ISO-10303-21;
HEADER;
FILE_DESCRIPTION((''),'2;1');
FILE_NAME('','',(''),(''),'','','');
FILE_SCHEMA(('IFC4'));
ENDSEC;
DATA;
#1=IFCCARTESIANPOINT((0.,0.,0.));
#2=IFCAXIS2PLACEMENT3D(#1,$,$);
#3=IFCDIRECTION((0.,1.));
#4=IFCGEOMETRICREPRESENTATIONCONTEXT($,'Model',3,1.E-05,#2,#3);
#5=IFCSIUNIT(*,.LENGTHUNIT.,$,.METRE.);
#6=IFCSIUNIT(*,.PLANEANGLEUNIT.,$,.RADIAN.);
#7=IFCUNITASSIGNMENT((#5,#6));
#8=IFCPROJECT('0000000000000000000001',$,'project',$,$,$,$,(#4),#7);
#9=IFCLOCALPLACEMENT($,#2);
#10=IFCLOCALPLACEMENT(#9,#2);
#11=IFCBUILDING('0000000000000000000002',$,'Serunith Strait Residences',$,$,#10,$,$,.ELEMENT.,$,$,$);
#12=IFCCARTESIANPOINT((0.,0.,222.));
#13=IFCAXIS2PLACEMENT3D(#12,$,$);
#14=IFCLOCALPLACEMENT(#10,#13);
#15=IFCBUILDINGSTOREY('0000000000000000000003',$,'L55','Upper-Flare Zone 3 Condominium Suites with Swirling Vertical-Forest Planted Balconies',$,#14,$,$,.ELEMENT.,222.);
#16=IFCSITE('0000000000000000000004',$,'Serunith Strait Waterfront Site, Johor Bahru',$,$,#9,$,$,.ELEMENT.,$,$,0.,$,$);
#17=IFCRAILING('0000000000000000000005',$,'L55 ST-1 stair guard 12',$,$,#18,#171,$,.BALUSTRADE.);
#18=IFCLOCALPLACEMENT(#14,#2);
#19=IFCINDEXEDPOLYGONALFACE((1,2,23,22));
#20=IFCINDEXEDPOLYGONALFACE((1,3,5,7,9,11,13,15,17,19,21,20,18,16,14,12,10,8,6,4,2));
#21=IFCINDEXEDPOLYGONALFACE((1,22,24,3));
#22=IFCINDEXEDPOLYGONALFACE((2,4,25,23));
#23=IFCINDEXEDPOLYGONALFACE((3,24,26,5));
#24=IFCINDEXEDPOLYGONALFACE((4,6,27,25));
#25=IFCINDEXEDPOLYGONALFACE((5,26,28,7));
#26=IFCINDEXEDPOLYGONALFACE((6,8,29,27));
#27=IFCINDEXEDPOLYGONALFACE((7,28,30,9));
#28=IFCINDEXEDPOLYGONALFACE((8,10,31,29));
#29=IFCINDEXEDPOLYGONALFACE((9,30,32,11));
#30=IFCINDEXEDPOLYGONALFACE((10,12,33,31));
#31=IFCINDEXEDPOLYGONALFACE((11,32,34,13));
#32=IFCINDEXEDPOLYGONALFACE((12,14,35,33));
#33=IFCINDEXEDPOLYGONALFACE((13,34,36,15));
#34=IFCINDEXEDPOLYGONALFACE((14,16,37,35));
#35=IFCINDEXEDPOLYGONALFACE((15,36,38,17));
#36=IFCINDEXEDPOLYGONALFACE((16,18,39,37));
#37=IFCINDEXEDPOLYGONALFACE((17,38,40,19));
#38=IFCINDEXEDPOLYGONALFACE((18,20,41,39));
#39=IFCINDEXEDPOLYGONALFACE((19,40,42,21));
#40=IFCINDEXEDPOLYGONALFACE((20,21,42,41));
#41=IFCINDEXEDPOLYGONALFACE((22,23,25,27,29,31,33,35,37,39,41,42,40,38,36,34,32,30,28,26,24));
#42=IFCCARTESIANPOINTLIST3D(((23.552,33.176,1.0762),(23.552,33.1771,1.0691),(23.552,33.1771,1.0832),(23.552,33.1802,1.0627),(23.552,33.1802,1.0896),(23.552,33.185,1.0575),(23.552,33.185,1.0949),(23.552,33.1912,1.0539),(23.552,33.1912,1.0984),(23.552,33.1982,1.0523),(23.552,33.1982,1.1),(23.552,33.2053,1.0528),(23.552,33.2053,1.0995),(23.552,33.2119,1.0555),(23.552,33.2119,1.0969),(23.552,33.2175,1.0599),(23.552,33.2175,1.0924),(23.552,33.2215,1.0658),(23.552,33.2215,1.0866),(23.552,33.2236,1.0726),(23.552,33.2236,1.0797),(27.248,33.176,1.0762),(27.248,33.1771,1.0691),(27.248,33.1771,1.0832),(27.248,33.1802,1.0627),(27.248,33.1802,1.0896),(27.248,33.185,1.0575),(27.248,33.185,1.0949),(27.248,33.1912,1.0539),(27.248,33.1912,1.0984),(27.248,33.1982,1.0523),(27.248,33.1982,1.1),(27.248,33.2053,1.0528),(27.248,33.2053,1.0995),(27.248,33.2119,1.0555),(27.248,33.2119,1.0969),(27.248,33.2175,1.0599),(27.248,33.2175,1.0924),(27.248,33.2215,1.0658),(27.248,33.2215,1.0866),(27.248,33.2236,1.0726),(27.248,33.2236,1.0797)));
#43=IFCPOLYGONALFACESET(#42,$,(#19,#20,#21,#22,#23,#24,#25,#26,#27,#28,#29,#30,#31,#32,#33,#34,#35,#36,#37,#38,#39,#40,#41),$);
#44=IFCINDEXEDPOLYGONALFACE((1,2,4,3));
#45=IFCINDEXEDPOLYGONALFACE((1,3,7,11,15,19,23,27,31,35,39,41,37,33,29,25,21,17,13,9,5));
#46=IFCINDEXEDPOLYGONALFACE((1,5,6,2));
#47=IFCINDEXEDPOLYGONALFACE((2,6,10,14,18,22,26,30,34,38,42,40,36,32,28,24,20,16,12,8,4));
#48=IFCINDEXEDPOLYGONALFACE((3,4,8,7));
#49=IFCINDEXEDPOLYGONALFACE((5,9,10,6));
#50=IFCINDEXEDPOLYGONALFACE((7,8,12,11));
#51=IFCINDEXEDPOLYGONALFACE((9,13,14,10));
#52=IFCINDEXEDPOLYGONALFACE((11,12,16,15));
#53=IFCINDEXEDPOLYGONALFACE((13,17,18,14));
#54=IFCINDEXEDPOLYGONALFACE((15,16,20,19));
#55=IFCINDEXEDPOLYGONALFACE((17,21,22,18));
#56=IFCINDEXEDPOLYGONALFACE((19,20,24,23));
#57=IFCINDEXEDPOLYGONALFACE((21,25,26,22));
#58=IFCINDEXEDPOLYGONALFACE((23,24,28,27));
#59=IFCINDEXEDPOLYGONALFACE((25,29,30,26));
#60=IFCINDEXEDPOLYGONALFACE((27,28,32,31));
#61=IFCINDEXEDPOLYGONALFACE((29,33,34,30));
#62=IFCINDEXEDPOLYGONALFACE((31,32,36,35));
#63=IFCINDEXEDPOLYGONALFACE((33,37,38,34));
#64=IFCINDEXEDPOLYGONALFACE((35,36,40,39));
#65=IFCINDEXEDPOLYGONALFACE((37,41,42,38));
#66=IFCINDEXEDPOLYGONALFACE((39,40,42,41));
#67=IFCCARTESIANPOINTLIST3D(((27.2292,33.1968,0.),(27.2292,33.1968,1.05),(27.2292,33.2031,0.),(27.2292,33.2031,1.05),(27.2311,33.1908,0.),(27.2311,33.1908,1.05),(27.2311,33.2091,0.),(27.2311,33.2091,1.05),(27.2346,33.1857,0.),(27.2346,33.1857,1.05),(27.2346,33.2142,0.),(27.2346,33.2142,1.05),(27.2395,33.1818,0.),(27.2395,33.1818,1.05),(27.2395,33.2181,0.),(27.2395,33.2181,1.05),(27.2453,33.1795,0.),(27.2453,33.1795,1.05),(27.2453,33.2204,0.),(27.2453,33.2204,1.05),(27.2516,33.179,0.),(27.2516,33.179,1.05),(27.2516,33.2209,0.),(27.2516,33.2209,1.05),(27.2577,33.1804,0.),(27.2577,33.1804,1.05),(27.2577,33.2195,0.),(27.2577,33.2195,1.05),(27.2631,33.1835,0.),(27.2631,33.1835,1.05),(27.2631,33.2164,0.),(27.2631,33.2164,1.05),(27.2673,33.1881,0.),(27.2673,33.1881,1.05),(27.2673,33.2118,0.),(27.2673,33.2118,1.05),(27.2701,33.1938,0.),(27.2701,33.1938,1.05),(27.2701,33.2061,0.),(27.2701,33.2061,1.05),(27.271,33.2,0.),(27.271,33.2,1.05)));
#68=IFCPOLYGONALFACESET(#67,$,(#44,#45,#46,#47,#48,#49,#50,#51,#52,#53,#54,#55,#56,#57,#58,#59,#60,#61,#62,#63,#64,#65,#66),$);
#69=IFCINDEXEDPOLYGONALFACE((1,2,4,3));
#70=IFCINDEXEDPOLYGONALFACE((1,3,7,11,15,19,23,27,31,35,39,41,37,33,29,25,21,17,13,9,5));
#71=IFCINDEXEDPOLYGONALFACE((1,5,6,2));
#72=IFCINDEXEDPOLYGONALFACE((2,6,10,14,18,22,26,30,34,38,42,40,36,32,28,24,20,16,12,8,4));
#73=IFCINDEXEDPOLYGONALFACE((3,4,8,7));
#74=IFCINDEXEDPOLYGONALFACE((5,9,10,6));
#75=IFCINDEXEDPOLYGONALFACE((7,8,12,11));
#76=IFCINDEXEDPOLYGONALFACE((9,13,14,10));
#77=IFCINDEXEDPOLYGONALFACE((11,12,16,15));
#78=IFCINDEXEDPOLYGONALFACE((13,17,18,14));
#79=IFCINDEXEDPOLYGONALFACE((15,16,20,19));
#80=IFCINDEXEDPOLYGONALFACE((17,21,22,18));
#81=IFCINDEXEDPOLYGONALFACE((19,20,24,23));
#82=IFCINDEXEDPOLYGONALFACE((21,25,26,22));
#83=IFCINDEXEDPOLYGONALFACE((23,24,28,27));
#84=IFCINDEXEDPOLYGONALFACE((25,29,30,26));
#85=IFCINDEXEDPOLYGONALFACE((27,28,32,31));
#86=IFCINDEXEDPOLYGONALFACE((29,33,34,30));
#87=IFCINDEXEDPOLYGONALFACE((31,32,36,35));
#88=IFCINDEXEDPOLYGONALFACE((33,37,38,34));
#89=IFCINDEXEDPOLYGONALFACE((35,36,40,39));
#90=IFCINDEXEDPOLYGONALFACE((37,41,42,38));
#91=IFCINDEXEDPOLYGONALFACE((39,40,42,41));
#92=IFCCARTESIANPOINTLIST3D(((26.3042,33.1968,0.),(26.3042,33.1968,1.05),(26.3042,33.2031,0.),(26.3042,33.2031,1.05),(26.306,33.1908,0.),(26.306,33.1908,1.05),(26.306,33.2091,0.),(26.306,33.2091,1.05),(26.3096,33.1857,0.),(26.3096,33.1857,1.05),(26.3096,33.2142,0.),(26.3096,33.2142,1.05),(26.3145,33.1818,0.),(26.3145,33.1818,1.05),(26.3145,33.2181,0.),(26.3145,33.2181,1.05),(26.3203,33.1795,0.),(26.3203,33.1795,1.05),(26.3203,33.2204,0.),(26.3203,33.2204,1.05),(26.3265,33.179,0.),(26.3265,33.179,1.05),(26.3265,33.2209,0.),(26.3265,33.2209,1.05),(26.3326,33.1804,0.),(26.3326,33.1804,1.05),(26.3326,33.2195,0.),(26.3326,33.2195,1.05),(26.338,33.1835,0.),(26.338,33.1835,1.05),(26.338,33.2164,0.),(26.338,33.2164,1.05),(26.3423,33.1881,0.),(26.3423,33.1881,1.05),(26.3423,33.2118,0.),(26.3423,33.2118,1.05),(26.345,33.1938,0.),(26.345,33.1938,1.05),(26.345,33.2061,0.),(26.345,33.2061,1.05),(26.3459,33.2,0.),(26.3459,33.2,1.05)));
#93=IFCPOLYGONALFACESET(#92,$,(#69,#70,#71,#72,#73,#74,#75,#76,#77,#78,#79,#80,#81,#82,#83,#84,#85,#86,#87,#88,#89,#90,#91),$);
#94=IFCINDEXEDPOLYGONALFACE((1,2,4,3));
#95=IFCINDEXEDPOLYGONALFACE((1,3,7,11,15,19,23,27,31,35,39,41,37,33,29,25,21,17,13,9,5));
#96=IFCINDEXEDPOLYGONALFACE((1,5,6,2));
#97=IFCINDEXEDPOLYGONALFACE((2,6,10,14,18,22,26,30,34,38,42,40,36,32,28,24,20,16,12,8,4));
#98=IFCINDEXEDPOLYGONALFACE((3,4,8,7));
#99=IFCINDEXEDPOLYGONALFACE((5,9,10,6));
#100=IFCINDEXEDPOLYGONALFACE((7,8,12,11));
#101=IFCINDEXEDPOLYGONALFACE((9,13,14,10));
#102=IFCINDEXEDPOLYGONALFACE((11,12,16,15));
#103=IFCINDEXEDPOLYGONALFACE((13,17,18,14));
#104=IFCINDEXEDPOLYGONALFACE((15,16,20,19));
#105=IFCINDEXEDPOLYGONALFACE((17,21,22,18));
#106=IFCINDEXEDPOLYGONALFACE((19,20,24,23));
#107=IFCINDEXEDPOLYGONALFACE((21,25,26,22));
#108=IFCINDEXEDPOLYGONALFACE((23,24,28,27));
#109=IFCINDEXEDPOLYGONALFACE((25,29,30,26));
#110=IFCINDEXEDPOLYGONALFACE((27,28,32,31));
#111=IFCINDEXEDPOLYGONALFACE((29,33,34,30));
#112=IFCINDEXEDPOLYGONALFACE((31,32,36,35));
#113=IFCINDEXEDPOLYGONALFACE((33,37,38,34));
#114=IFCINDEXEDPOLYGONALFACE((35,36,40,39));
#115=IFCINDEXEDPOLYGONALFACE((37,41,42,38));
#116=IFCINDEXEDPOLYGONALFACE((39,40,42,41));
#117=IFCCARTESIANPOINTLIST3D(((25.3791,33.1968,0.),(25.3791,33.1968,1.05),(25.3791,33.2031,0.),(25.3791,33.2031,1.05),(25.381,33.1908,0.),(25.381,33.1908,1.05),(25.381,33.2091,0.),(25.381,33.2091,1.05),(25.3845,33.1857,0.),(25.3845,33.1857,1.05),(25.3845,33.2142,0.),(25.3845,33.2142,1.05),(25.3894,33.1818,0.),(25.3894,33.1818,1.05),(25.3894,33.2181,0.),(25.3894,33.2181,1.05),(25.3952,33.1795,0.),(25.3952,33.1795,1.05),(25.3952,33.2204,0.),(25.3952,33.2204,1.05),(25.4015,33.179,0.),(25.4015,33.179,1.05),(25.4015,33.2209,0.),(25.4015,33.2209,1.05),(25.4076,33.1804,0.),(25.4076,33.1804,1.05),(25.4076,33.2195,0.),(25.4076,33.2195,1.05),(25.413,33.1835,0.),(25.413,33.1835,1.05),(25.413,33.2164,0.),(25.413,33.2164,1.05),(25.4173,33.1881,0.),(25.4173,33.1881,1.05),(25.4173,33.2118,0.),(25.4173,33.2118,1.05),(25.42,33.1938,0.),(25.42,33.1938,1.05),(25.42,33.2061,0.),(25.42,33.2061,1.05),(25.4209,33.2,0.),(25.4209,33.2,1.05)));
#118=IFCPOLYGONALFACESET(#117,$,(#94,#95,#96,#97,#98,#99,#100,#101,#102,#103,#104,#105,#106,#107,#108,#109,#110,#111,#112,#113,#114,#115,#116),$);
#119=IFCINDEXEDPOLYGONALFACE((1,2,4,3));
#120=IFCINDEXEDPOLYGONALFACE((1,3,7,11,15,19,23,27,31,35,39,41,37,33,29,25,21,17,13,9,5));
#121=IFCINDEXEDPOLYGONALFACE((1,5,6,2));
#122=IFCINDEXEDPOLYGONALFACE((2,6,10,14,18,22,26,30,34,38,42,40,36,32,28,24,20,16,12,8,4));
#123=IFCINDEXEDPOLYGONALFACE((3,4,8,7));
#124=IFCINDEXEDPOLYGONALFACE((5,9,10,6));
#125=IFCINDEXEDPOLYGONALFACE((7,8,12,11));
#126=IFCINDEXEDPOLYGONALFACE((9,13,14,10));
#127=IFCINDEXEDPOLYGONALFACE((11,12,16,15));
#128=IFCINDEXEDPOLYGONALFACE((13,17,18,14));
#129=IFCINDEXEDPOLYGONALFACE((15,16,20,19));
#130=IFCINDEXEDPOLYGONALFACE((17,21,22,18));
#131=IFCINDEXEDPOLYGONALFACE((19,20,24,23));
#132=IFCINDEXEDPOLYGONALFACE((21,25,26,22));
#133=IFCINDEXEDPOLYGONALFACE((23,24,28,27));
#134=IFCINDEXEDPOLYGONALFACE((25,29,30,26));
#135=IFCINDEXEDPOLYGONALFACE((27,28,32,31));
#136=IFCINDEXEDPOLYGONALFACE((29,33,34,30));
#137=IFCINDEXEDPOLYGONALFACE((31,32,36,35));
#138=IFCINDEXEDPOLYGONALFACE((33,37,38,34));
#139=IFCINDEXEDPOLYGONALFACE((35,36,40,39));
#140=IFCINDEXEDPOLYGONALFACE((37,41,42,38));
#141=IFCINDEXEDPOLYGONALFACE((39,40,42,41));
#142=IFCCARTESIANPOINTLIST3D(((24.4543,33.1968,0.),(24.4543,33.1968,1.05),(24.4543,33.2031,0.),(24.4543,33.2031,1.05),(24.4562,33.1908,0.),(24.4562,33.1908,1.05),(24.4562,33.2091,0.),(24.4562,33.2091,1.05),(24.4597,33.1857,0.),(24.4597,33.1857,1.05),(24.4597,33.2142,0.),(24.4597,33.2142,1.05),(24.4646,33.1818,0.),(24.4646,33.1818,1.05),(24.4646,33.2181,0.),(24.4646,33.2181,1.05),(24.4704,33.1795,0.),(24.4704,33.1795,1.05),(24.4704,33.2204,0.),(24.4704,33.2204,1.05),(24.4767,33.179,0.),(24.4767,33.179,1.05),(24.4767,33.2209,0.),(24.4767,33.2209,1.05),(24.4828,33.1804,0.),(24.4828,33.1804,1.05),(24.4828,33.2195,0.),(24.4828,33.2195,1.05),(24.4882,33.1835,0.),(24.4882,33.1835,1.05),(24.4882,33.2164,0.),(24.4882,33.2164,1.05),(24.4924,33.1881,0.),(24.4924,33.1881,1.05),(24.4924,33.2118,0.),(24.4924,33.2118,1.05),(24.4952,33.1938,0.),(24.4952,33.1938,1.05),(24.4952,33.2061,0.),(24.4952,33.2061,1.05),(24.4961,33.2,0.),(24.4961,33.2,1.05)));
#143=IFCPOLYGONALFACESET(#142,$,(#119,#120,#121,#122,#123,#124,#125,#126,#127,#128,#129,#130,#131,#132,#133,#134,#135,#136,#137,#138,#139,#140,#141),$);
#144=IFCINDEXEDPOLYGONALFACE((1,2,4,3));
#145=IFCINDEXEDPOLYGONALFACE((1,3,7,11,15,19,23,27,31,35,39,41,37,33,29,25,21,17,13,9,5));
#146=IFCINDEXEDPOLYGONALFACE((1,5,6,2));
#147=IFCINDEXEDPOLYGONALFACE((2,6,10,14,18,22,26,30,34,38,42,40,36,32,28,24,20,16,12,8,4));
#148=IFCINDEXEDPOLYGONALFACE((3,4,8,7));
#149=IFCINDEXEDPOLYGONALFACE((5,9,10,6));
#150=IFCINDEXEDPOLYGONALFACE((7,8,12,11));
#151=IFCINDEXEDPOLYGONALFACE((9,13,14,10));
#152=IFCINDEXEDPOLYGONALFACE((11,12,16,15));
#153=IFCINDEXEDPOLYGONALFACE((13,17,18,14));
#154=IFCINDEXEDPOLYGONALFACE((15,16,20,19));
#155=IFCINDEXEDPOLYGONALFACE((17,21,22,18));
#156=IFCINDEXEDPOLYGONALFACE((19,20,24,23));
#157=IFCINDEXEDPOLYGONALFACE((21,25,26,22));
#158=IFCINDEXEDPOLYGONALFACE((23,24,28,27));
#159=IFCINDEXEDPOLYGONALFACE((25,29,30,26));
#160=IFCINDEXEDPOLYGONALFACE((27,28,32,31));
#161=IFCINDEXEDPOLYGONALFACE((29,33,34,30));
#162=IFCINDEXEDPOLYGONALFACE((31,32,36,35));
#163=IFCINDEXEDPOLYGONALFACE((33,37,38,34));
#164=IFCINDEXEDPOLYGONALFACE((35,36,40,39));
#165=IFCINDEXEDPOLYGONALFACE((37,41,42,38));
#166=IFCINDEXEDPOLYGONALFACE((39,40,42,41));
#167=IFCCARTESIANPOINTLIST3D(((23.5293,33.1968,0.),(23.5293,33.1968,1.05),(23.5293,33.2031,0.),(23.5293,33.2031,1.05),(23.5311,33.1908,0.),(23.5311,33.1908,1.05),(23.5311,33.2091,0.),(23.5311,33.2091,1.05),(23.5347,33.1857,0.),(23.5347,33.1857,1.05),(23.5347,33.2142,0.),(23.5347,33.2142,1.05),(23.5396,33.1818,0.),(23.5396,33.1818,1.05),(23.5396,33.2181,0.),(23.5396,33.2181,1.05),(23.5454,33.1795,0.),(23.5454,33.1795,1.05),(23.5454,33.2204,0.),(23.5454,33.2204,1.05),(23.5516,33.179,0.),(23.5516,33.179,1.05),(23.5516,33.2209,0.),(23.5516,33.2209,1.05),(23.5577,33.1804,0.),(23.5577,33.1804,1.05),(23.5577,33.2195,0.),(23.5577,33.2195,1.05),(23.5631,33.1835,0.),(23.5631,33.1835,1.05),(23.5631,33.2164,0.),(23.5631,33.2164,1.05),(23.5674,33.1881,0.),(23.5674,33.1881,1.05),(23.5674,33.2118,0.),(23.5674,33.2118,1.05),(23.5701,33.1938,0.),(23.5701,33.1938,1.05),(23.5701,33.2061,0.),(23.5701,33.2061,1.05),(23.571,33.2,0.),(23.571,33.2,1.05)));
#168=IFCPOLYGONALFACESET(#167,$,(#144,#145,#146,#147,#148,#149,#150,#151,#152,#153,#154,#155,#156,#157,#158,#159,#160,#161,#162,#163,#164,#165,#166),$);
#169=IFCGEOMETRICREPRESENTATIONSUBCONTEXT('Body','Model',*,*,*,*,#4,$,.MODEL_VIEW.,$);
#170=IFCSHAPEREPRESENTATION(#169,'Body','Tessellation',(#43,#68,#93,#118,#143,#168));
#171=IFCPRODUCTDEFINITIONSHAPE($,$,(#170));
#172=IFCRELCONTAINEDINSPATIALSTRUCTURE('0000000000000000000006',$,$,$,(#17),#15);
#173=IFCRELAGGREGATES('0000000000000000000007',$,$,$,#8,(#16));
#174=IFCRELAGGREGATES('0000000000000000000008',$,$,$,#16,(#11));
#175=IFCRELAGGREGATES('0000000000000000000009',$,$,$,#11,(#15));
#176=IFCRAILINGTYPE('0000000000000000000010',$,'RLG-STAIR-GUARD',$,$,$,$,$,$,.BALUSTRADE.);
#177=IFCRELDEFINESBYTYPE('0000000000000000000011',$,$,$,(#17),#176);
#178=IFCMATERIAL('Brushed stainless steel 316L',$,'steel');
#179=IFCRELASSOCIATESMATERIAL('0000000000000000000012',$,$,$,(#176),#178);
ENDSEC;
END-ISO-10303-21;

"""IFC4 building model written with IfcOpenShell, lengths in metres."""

from ifc_helpers import new_model, si_unit, direction, frame, origin, origin_2d, place, context, subcontext, project, spatial, circle, extrude, material, type_object, element, save


model = new_model("IFC4")

# Units and contexts
model_context = context("Model", 3, precision=1e-05, world=origin(), true_north=direction((0.0, 1.0)))
body_context = subcontext(model_context, "Body", "Model", "MODEL_VIEW")
ifc_project = project(units=[si_unit("LENGTHUNIT", "METRE"), si_unit("PLANEANGLEUNIT", "RADIAN")], contexts=[model_context])

# Site, building, storey
site_placement = place(None, origin())
site = spatial("IfcSite", under=ifc_project, at=site_placement, Name="Serunith Strait Waterfront Site, Johor Bahru", CompositionType="ELEMENT", RefElevation=0.0)
building_placement = place(site_placement, origin())
building = spatial("IfcBuilding", under=site, at=building_placement, Name="Serunith Strait Residences", CompositionType="ELEMENT")
storey_placement = place(building_placement, frame((0.0, 0.0, 222.0)))
storey = spatial("IfcBuildingStorey", under=building, at=storey_placement, Name="L55", Description="Upper-Flare Zone 3 Condominium Suites with Swirling Vertical-Forest Planted Balconies", CompositionType="ELEMENT", Elevation=222.0)

# Railing
ifc_material_1 = material(Name="Brushed stainless steel 316L", Category="steel")
railing_type_1 = type_object("IfcRailingType", Name="RLG-STAIR-GUARD", PredefinedType="BALUSTRADE", material=ifc_material_1)
railing_1_placement = place(storey_placement, frame((27.25, 33.2, 0.0)))
element("IfcRailing", 1, at=railing_1_placement, inside=storey, type_object=railing_type_1, Name="L55 ST-1 stair guard 12", PredefinedType="BALUSTRADE", context=body_context, shape_type="SweptSolid", body=[
    extrude(circle(Radius=0.0239, at=origin_2d()), frame((-0.002, 0.0, 1.0762), z_axis=(-1.0, 0.0, 0.0), x_axis=(0.0, -1.0, 0.0)), (0.0, 0.0, 1.0), 3.696),
    extrude(circle(Radius=0.021, at=origin_2d()), origin(), (0.0, 0.0, 1.0), 1.05),
    extrude(circle(Radius=0.021, at=origin_2d()), frame((-0.925, 0.0, 0.0)), (0.0, 0.0, 1.0), 1.05),
    extrude(circle(Radius=0.021, at=origin_2d()), frame((-1.8501, 0.0, 0.0)), (0.0, 0.0, 1.0), 1.05),
    extrude(circle(Radius=0.021, at=origin_2d()), frame((-2.7749, 0.0, 0.0)), (0.0, 0.0, 1.0), 1.05),
    extrude(circle(Radius=0.021, at=origin_2d()), frame((-3.7, 0.0, 0.0)), (0.0, 0.0, 1.0), 1.05),
])

save(model, "model.ifc")
